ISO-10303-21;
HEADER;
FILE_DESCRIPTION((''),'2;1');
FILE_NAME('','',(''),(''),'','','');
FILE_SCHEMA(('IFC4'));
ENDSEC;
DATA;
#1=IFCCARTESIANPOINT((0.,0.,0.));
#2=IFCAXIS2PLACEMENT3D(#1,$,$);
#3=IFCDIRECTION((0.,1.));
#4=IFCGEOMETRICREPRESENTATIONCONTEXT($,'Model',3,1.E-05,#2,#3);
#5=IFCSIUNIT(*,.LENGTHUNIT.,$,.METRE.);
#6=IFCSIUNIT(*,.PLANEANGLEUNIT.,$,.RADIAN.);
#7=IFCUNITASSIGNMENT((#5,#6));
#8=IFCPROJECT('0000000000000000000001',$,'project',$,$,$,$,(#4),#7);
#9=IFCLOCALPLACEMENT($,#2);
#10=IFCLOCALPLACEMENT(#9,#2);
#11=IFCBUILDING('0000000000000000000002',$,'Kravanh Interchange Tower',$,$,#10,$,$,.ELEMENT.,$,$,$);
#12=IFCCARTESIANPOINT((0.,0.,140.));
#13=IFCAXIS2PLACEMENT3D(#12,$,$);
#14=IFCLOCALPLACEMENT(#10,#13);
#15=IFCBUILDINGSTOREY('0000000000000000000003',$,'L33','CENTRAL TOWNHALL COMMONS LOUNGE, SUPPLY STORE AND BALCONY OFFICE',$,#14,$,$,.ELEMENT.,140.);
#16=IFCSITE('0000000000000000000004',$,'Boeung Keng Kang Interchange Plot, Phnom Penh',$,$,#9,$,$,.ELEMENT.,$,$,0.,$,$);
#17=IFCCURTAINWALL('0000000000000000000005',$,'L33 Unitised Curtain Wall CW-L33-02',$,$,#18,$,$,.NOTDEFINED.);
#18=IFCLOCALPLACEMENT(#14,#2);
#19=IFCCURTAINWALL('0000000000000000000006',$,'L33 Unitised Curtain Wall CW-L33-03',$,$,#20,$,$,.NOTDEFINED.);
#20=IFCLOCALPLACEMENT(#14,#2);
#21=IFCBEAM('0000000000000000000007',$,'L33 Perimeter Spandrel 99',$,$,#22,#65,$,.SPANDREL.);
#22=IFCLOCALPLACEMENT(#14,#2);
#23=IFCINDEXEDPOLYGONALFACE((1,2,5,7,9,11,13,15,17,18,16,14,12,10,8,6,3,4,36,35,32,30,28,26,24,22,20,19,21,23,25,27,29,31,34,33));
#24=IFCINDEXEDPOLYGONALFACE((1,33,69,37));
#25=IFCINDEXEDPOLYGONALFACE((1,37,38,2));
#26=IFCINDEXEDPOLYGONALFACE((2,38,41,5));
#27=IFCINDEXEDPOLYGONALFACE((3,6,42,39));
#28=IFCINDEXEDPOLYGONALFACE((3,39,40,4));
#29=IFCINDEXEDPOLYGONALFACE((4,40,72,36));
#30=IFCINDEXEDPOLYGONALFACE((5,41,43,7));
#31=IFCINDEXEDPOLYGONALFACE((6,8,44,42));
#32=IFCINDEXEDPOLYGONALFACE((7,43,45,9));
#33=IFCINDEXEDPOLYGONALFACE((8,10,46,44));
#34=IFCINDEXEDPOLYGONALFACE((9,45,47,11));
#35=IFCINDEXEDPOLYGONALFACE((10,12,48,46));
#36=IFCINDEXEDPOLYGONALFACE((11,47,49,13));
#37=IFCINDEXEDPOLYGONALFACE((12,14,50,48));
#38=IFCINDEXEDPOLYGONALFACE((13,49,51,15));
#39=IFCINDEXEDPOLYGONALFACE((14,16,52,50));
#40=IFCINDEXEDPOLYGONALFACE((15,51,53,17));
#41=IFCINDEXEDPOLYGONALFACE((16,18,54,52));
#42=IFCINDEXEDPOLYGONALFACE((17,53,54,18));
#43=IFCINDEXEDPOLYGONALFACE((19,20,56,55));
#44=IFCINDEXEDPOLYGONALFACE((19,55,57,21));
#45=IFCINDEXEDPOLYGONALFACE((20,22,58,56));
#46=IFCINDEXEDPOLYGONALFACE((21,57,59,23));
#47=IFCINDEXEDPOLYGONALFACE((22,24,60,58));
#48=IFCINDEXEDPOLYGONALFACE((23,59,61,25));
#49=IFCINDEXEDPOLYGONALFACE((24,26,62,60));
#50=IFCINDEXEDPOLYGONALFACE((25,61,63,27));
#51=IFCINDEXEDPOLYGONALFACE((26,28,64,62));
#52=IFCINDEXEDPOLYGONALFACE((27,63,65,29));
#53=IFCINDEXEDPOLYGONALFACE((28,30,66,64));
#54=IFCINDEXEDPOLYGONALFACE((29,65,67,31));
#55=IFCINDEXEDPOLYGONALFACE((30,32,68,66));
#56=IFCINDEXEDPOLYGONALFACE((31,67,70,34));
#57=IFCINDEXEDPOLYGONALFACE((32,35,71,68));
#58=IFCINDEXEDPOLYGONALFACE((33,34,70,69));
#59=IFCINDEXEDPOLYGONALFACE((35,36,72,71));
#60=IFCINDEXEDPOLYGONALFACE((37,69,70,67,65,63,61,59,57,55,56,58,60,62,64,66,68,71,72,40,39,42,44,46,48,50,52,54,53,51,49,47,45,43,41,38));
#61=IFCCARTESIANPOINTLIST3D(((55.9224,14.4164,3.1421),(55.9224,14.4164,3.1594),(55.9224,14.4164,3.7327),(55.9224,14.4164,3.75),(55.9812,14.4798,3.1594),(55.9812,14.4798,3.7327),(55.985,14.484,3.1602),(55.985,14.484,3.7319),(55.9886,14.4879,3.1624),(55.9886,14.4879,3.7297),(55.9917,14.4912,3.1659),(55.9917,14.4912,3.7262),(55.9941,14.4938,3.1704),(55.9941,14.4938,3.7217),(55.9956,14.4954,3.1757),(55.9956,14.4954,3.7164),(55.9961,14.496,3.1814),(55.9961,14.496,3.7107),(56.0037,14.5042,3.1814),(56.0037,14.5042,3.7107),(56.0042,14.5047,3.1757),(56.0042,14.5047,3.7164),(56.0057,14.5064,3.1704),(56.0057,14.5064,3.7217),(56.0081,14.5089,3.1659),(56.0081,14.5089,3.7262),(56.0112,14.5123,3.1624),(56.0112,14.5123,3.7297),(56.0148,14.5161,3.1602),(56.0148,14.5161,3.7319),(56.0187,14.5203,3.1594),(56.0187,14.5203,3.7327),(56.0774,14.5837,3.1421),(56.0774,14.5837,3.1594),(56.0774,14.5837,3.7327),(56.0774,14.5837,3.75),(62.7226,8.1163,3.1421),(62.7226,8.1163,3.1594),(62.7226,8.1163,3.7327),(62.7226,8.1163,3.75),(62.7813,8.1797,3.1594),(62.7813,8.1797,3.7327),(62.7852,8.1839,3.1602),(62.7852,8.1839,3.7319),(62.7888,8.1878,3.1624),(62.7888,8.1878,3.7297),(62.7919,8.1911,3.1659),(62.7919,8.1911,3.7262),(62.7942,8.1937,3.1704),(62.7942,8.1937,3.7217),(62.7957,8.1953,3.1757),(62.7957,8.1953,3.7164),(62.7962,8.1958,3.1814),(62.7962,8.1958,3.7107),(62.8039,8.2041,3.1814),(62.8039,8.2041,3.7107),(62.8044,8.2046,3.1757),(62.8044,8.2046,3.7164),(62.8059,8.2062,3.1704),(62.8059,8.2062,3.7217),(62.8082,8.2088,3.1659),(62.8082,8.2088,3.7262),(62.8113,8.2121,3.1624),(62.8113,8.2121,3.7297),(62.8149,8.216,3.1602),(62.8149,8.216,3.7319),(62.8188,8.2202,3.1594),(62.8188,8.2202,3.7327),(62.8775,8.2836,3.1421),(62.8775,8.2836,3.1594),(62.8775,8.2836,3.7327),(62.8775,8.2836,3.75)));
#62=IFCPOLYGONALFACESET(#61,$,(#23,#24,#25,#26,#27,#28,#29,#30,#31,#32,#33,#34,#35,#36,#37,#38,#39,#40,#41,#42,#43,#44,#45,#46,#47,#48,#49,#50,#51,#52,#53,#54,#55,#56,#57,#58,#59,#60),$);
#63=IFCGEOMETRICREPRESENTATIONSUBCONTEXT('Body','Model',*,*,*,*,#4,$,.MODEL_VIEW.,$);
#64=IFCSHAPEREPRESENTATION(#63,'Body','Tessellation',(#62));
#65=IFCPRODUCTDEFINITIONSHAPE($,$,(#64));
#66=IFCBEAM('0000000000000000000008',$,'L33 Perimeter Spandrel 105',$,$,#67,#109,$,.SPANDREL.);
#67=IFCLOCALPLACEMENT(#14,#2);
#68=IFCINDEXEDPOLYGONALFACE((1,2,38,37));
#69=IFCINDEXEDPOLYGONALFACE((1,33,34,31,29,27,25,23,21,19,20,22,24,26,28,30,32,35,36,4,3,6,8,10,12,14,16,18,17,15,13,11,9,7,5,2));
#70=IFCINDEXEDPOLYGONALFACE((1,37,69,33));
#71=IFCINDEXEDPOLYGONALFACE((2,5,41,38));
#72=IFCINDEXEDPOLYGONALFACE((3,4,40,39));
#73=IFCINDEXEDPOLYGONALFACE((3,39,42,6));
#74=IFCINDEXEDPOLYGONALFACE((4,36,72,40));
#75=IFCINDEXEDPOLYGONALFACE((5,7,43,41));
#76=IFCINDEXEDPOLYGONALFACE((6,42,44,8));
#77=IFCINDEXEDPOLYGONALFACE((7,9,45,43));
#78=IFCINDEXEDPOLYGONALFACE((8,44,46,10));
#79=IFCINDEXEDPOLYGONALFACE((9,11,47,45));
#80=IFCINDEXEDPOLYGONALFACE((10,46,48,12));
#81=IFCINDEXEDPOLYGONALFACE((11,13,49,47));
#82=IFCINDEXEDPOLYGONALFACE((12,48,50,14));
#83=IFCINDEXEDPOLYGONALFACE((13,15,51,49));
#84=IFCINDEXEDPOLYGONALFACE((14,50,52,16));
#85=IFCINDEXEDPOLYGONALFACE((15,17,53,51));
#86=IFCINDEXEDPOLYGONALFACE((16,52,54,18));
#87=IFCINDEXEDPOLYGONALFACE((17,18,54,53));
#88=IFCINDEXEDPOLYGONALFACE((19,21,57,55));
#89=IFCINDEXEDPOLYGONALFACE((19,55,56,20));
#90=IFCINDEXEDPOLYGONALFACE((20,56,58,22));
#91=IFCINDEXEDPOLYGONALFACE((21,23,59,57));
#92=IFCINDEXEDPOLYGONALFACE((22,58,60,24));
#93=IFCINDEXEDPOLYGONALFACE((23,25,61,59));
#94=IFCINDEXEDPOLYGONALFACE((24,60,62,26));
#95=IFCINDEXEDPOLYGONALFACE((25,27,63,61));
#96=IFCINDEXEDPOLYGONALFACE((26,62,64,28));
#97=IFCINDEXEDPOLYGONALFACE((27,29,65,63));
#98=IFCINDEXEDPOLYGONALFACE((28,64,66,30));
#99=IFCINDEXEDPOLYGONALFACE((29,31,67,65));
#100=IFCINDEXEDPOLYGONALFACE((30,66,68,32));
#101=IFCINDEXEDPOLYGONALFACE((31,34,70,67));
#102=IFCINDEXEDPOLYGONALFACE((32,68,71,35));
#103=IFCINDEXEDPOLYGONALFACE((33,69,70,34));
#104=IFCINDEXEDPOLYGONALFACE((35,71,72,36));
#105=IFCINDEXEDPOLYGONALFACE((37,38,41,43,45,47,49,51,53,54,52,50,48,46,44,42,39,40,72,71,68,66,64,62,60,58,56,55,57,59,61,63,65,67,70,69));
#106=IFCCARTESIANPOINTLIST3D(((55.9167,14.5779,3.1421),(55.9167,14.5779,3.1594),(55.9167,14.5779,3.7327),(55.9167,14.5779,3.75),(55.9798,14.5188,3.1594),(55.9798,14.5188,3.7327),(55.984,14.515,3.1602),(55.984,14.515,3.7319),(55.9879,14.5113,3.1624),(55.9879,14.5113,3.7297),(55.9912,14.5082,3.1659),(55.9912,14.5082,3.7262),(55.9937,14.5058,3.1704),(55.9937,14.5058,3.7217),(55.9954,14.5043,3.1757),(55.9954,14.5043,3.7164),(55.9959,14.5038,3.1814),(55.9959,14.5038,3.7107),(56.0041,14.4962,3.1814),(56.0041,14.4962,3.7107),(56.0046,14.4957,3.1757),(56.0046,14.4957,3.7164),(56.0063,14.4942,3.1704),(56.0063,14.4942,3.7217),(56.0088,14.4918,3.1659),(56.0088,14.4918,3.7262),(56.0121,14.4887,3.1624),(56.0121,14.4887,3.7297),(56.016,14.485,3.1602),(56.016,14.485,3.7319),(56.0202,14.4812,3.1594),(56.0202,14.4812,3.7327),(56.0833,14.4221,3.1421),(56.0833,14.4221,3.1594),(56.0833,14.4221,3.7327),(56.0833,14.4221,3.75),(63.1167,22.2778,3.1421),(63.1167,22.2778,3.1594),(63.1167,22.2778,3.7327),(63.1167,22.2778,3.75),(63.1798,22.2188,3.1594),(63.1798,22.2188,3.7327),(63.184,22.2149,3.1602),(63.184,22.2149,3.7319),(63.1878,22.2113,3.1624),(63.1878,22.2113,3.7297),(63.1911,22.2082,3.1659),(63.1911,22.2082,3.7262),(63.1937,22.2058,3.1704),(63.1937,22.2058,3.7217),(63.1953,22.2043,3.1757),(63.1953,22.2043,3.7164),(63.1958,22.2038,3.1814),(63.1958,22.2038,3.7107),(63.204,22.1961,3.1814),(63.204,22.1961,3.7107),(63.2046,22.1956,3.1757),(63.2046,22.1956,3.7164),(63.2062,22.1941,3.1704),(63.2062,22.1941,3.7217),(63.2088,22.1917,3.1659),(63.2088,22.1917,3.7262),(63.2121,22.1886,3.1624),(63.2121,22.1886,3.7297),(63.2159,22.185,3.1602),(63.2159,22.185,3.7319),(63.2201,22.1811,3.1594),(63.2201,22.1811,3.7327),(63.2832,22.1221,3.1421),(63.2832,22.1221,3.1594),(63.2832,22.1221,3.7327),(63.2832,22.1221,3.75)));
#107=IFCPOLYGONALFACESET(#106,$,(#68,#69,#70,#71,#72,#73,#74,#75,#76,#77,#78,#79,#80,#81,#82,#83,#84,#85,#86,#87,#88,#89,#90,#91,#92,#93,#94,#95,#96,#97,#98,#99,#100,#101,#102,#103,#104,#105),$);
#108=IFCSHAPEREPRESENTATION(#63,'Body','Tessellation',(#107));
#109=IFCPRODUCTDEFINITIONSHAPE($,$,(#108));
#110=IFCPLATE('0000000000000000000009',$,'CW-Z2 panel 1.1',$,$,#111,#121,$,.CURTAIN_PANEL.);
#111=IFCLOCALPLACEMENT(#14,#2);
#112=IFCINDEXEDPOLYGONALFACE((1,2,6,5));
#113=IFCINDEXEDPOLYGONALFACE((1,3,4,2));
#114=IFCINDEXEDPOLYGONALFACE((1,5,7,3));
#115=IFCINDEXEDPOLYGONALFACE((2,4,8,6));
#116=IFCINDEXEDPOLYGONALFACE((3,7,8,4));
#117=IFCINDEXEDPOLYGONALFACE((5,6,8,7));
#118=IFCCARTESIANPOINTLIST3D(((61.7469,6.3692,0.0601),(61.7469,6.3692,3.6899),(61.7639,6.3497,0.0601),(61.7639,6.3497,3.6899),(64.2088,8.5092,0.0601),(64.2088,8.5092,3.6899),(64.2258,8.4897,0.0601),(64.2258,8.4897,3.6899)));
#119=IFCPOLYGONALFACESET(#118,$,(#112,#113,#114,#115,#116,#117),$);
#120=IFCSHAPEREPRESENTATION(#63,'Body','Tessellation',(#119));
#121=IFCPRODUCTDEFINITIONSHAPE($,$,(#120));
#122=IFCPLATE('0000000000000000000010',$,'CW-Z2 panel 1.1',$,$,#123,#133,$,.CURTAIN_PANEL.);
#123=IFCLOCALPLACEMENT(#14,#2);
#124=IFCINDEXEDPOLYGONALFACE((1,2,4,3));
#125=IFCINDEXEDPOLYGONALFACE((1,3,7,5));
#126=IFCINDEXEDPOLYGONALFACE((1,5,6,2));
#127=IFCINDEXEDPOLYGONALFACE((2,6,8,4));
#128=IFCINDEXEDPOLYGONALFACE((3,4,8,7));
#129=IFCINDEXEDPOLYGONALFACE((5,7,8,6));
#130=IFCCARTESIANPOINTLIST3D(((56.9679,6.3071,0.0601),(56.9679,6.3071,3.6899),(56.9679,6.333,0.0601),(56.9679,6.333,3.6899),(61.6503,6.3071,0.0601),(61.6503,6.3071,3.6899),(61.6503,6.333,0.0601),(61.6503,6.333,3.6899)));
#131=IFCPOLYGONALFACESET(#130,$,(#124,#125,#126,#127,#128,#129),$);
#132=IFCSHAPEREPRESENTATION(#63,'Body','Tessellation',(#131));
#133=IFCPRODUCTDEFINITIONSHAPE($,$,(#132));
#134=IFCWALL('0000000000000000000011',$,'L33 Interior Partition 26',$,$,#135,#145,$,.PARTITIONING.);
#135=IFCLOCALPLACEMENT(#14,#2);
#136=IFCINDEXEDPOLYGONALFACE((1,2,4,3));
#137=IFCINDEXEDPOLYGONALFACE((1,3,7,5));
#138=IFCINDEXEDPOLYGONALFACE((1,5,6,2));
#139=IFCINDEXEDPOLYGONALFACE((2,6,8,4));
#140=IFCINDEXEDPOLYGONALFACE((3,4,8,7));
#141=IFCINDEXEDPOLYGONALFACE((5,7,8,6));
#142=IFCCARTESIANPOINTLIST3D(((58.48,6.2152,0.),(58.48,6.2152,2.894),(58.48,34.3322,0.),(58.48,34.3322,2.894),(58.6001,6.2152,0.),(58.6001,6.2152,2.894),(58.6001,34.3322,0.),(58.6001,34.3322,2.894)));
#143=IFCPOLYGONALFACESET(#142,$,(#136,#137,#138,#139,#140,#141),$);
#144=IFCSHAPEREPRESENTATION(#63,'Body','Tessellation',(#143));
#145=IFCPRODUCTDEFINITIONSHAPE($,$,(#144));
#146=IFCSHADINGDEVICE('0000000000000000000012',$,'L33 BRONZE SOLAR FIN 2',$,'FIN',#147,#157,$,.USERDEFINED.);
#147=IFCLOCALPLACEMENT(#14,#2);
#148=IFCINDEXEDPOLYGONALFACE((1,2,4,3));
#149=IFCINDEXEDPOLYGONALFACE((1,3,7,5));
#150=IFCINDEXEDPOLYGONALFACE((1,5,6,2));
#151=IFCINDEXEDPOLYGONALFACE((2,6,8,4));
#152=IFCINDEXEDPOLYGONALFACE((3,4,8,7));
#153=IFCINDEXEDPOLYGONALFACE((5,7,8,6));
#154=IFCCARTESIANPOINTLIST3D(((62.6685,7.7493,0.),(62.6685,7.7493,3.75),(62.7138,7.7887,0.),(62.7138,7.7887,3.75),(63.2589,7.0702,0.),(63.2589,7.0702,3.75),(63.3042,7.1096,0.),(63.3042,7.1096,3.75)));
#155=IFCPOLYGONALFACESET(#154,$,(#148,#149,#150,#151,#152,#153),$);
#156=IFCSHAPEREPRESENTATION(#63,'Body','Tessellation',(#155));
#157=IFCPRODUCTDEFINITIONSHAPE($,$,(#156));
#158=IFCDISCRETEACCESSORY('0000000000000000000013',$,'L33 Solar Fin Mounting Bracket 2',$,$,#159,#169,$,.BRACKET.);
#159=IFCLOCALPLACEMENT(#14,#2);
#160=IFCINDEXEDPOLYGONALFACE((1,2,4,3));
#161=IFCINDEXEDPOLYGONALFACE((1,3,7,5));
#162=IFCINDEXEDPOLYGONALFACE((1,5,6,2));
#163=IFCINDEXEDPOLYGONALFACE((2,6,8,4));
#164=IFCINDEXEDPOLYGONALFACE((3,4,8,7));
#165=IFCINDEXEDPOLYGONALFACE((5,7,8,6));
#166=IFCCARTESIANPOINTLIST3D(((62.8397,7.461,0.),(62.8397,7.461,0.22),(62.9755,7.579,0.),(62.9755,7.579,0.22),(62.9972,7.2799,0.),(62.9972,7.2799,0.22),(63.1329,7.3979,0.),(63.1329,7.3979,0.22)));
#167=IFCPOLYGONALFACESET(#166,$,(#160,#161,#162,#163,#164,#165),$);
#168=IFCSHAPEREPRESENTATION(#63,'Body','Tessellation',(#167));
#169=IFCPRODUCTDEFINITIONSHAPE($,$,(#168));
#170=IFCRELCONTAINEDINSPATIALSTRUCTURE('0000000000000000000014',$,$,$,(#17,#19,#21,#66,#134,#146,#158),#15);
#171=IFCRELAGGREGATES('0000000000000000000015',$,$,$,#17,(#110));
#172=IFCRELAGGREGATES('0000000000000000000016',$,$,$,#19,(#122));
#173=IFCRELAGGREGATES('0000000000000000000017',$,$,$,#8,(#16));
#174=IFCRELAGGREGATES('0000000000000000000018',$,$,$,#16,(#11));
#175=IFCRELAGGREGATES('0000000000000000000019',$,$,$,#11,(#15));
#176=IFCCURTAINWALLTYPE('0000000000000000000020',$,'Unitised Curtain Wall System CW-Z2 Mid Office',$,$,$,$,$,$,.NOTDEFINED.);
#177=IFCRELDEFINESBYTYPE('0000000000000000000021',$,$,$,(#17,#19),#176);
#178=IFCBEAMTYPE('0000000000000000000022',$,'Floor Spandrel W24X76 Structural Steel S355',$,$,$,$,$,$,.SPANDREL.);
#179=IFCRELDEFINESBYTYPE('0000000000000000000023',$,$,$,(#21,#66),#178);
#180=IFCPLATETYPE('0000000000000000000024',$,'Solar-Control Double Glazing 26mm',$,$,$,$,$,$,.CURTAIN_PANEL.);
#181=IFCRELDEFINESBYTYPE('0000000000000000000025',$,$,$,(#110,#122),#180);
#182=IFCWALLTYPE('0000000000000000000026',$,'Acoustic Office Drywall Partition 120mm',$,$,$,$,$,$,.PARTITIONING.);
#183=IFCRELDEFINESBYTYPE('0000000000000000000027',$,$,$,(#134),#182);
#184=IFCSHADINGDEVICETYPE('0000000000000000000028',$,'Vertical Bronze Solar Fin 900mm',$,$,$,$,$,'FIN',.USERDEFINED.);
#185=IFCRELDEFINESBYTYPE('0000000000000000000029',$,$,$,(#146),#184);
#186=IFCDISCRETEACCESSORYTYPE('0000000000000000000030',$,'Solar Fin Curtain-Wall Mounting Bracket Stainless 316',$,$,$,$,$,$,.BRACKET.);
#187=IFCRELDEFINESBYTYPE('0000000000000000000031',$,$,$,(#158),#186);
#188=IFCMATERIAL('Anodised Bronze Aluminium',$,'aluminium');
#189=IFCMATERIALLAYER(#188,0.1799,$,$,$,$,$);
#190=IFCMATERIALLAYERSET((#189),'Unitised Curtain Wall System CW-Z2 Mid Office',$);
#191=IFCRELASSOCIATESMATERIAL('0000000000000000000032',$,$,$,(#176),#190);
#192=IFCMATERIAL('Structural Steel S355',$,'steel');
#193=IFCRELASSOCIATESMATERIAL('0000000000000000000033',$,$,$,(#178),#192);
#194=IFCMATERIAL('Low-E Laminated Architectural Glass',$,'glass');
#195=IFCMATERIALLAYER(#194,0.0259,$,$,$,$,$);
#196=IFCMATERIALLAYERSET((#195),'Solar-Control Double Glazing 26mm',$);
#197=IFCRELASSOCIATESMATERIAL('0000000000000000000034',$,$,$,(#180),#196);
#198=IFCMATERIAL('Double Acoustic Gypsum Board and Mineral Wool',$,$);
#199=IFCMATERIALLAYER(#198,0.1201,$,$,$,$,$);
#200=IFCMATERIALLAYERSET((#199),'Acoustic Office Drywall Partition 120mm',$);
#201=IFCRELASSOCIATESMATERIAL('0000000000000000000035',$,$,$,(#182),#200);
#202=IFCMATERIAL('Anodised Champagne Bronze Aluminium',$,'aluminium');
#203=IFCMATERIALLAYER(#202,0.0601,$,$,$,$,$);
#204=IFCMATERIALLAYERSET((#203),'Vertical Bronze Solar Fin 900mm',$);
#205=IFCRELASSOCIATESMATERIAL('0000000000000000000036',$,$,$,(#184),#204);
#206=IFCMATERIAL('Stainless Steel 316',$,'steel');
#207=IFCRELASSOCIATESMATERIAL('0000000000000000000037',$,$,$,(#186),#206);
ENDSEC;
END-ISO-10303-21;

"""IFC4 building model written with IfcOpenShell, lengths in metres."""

from ifc_helpers import new_model, si_unit, direction, frame, frame_2d, origin, origin_2d, place, context, subcontext, project, spatial, rectangle, i_section, extrude, material, layer, layer_set, material_profile, profile_set, type_object, element, aggregate, save


model = new_model("IFC4")

# Units and contexts
model_context = context("Model", 3, precision=1e-05, world=origin(), true_north=direction((0.0, 1.0)))
body_context = subcontext(model_context, "Body", "Model", "MODEL_VIEW")
ifc_project = project(units=[si_unit("LENGTHUNIT", "METRE"), si_unit("PLANEANGLEUNIT", "RADIAN")], contexts=[model_context])

# Site, building, storey
site_placement = place(None, origin())
site = spatial("IfcSite", under=ifc_project, at=site_placement, Name="Boeung Keng Kang Interchange Plot, Phnom Penh", CompositionType="ELEMENT", RefElevation=0.0)
building_placement = place(site_placement, origin())
building = spatial("IfcBuilding", under=site, at=building_placement, Name="Kravanh Interchange Tower", CompositionType="ELEMENT")
storey_placement = place(building_placement, frame((0.0, 0.0, 140.0)))
storey = spatial("IfcBuildingStorey", under=building, at=storey_placement, Name="L33", Description="CENTRAL TOWNHALL COMMONS LOUNGE, SUPPLY STORE AND BALCONY OFFICE", CompositionType="ELEMENT", Elevation=140.0)

# Curtain walls
ifc_material_1 = material(Name="Anodised Bronze Aluminium", Category="aluminium")
ifc_layer_1 = layer(ifc_material_1, 0.1799)
ifc_layer_set_1 = layer_set([ifc_layer_1], Name="Unitised Curtain Wall System CW-Z2 Mid Office")
curtain_wall_type = type_object("IfcCurtainWallType", Name="Unitised Curtain Wall System CW-Z2 Mid Office", PredefinedType="NOTDEFINED", material=ifc_layer_set_1)
curtain_wall_1_placement = place(storey_placement, origin())
curtain_wall_1 = element("IfcCurtainWall", 1, at=curtain_wall_1_placement, inside=storey, type_object=curtain_wall_type, Name="L33 Unitised Curtain Wall CW-L33-02", PredefinedType="NOTDEFINED")
curtain_wall_2_placement = place(storey_placement, origin())
curtain_wall_2 = element("IfcCurtainWall", 2, at=curtain_wall_2_placement, inside=storey, type_object=curtain_wall_type, Name="L33 Unitised Curtain Wall CW-L33-03", PredefinedType="NOTDEFINED")

# Beams
ifc_material_2 = material(Name="Structural Steel S355", Category="steel")
ifc_material_profile_1 = material_profile(ifc_material_2, i_section(OverallWidth=0.228, OverallDepth=0.6079, WebThickness=0.0112, FlangeThickness=0.0173, FilletRadius=0.022, at=origin_2d()), Name="W24X76")
ifc_profile_set_1 = profile_set([ifc_material_profile_1], Name="Structural Steel S355")
beam_type_1 = type_object("IfcBeamType", Name="Floor Spandrel W24X76 Structural Steel S355", PredefinedType="SPANDREL", material=ifc_profile_set_1)
beam_1_placement = place(storey_placement, frame((62.8, 8.2, 3.446), z_axis=(-0.733561, 0.679623, 0.0), x_axis=(-0.679623, -0.733561, 0.0)))
element("IfcBeam", 3, at=beam_1_placement, inside=storey, type_object=beam_type_1, Name="L33 Perimeter Spandrel 99", PredefinedType="SPANDREL", context=body_context, shape_type="SweptSolid", body=[
    extrude(i_section(OverallWidth=0.228, OverallDepth=0.6079, WebThickness=0.0112, FlangeThickness=0.0173, FilletRadius=0.022, at=origin_2d()), origin(), (0.0, 0.0, 1.0), 9.27),
])
beam_2_placement = place(storey_placement, frame((56.0, 14.5, 3.446), z_axis=(0.682994, 0.730424, 0.0), x_axis=(-0.730424, 0.682994, 0.0)))
element("IfcBeam", 4, at=beam_2_placement, inside=storey, type_object=beam_type_1, Name="L33 Perimeter Spandrel 105", PredefinedType="SPANDREL", context=body_context, shape_type="SweptSolid", body=[
    extrude(i_section(OverallWidth=0.228, OverallDepth=0.6079, WebThickness=0.0112, FlangeThickness=0.0173, FilletRadius=0.022, at=origin_2d()), origin(), (0.0, 0.0, 1.0), 10.5417),
])

# Plates
ifc_material_3 = material(Name="Low-E Laminated Architectural Glass", Category="glass")
ifc_layer_2 = layer(ifc_material_3, 0.0259)
ifc_layer_set_2 = layer_set([ifc_layer_2], Name="Solar-Control Double Glazing 26mm")
plate_type = type_object("IfcPlateType", Name="Solar-Control Double Glazing 26mm", PredefinedType="CURTAIN_PANEL", material=ifc_layer_set_2)
plate_1_placement = place(storey_placement, frame((62.9863, 7.4294, 0.0601), z_axis=(0.0, 0.0, 1.0), x_axis=(-0.754719, -0.656048, 0.0)))
plate_1 = element("IfcPlate", 5, at=plate_1_placement, type_object=plate_type, Name="CW-Z2 panel 1.1", PredefinedType="CURTAIN_PANEL", context=body_context, shape_type="SweptSolid", body=[
    extrude(rectangle(XDim=3.262, YDim=0.0259, at=origin_2d()), origin(), (0.0, 0.0, 1.0), 3.6299),
])
aggregate(curtain_wall_1, [plate_1])
plate_2_placement = place(storey_placement, frame((59.3091, 6.3201, 0.0601), z_axis=(0.0, 0.0, 1.0), x_axis=(-1.0, 0.0, 0.0)))
plate_2 = element("IfcPlate", 6, at=plate_2_placement, type_object=plate_type, Name="CW-Z2 panel 1.1", PredefinedType="CURTAIN_PANEL", context=body_context, shape_type="SweptSolid", body=[
    extrude(rectangle(XDim=4.6824, YDim=0.0259, at=origin_2d()), origin(), (0.0, 0.0, 1.0), 3.6299),
])
aggregate(curtain_wall_2, [plate_2])

# Wall
ifc_material_4 = material(Name="Double Acoustic Gypsum Board and Mineral Wool")
ifc_layer_3 = layer(ifc_material_4, 0.1201)
ifc_layer_set_3 = layer_set([ifc_layer_3], Name="Acoustic Office Drywall Partition 120mm")
wall_type = type_object("IfcWallType", Name="Acoustic Office Drywall Partition 120mm", PredefinedType="PARTITIONING", material=ifc_layer_set_3)
wall_placement = place(storey_placement, frame((58.54, 6.2151, 0.0), z_axis=(0.0, 0.0, 1.0), x_axis=(0.0, 1.0, 0.0)))
element("IfcWall", 7, at=wall_placement, inside=storey, type_object=wall_type, Name="L33 Interior Partition 26", PredefinedType="PARTITIONING", context=body_context, shape_type="SweptSolid", body=[
    extrude(rectangle(XDim=28.1169, YDim=0.1201, at=frame_2d((14.0586, 0.0))), origin(), (0.0, 0.0, 1.0), 2.894),
])

# Shading device
ifc_material_5 = material(Name="Anodised Champagne Bronze Aluminium", Category="aluminium")
ifc_layer_4 = layer(ifc_material_5, 0.0601)
ifc_layer_set_4 = layer_set([ifc_layer_4], Name="Vertical Bronze Solar Fin 900mm")
shading_device_type = type_object("IfcShadingDeviceType", Name="Vertical Bronze Solar Fin 900mm", ElementType="FIN", PredefinedType="USERDEFINED", material=ifc_layer_set_4)
shading_device_placement = place(storey_placement, frame((62.9863, 7.4294, 0.0), z_axis=(0.0, 0.0, 1.0), x_axis=(0.656056, -0.754712, 0.0)))
element("IfcShadingDevice", 8, at=shading_device_placement, inside=storey, type_object=shading_device_type, Name="L33 BRONZE SOLAR FIN 2", ObjectType="FIN", PredefinedType="USERDEFINED", context=body_context, shape_type="SweptSolid", body=[
    extrude(rectangle(XDim=0.8999, YDim=0.0601, at=origin_2d()), origin(), (0.0, 0.0, 1.0), 3.75),
])

# Discrete accessory
ifc_material_6 = material(Name="Stainless Steel 316", Category="steel")
discrete_accessory_type = type_object("IfcDiscreteAccessoryType", Name="Solar Fin Curtain-Wall Mounting Bracket Stainless 316", PredefinedType="BRACKET", material=ifc_material_6)
discrete_accessory_placement = place(storey_placement, frame((62.9863, 7.4294, 0.0), z_axis=(0.0, 0.0, 1.0), x_axis=(0.656056, -0.754712, 0.0)))
element("IfcDiscreteAccessory", 9, at=discrete_accessory_placement, inside=storey, type_object=discrete_accessory_type, Name="L33 Solar Fin Mounting Bracket 2", PredefinedType="BRACKET", context=body_context, shape_type="SweptSolid", body=[
    extrude(rectangle(XDim=0.24, YDim=0.1799, at=origin_2d()), origin(), (0.0, 0.0, 1.0), 0.22),
])

save(model, "model.ifc")
